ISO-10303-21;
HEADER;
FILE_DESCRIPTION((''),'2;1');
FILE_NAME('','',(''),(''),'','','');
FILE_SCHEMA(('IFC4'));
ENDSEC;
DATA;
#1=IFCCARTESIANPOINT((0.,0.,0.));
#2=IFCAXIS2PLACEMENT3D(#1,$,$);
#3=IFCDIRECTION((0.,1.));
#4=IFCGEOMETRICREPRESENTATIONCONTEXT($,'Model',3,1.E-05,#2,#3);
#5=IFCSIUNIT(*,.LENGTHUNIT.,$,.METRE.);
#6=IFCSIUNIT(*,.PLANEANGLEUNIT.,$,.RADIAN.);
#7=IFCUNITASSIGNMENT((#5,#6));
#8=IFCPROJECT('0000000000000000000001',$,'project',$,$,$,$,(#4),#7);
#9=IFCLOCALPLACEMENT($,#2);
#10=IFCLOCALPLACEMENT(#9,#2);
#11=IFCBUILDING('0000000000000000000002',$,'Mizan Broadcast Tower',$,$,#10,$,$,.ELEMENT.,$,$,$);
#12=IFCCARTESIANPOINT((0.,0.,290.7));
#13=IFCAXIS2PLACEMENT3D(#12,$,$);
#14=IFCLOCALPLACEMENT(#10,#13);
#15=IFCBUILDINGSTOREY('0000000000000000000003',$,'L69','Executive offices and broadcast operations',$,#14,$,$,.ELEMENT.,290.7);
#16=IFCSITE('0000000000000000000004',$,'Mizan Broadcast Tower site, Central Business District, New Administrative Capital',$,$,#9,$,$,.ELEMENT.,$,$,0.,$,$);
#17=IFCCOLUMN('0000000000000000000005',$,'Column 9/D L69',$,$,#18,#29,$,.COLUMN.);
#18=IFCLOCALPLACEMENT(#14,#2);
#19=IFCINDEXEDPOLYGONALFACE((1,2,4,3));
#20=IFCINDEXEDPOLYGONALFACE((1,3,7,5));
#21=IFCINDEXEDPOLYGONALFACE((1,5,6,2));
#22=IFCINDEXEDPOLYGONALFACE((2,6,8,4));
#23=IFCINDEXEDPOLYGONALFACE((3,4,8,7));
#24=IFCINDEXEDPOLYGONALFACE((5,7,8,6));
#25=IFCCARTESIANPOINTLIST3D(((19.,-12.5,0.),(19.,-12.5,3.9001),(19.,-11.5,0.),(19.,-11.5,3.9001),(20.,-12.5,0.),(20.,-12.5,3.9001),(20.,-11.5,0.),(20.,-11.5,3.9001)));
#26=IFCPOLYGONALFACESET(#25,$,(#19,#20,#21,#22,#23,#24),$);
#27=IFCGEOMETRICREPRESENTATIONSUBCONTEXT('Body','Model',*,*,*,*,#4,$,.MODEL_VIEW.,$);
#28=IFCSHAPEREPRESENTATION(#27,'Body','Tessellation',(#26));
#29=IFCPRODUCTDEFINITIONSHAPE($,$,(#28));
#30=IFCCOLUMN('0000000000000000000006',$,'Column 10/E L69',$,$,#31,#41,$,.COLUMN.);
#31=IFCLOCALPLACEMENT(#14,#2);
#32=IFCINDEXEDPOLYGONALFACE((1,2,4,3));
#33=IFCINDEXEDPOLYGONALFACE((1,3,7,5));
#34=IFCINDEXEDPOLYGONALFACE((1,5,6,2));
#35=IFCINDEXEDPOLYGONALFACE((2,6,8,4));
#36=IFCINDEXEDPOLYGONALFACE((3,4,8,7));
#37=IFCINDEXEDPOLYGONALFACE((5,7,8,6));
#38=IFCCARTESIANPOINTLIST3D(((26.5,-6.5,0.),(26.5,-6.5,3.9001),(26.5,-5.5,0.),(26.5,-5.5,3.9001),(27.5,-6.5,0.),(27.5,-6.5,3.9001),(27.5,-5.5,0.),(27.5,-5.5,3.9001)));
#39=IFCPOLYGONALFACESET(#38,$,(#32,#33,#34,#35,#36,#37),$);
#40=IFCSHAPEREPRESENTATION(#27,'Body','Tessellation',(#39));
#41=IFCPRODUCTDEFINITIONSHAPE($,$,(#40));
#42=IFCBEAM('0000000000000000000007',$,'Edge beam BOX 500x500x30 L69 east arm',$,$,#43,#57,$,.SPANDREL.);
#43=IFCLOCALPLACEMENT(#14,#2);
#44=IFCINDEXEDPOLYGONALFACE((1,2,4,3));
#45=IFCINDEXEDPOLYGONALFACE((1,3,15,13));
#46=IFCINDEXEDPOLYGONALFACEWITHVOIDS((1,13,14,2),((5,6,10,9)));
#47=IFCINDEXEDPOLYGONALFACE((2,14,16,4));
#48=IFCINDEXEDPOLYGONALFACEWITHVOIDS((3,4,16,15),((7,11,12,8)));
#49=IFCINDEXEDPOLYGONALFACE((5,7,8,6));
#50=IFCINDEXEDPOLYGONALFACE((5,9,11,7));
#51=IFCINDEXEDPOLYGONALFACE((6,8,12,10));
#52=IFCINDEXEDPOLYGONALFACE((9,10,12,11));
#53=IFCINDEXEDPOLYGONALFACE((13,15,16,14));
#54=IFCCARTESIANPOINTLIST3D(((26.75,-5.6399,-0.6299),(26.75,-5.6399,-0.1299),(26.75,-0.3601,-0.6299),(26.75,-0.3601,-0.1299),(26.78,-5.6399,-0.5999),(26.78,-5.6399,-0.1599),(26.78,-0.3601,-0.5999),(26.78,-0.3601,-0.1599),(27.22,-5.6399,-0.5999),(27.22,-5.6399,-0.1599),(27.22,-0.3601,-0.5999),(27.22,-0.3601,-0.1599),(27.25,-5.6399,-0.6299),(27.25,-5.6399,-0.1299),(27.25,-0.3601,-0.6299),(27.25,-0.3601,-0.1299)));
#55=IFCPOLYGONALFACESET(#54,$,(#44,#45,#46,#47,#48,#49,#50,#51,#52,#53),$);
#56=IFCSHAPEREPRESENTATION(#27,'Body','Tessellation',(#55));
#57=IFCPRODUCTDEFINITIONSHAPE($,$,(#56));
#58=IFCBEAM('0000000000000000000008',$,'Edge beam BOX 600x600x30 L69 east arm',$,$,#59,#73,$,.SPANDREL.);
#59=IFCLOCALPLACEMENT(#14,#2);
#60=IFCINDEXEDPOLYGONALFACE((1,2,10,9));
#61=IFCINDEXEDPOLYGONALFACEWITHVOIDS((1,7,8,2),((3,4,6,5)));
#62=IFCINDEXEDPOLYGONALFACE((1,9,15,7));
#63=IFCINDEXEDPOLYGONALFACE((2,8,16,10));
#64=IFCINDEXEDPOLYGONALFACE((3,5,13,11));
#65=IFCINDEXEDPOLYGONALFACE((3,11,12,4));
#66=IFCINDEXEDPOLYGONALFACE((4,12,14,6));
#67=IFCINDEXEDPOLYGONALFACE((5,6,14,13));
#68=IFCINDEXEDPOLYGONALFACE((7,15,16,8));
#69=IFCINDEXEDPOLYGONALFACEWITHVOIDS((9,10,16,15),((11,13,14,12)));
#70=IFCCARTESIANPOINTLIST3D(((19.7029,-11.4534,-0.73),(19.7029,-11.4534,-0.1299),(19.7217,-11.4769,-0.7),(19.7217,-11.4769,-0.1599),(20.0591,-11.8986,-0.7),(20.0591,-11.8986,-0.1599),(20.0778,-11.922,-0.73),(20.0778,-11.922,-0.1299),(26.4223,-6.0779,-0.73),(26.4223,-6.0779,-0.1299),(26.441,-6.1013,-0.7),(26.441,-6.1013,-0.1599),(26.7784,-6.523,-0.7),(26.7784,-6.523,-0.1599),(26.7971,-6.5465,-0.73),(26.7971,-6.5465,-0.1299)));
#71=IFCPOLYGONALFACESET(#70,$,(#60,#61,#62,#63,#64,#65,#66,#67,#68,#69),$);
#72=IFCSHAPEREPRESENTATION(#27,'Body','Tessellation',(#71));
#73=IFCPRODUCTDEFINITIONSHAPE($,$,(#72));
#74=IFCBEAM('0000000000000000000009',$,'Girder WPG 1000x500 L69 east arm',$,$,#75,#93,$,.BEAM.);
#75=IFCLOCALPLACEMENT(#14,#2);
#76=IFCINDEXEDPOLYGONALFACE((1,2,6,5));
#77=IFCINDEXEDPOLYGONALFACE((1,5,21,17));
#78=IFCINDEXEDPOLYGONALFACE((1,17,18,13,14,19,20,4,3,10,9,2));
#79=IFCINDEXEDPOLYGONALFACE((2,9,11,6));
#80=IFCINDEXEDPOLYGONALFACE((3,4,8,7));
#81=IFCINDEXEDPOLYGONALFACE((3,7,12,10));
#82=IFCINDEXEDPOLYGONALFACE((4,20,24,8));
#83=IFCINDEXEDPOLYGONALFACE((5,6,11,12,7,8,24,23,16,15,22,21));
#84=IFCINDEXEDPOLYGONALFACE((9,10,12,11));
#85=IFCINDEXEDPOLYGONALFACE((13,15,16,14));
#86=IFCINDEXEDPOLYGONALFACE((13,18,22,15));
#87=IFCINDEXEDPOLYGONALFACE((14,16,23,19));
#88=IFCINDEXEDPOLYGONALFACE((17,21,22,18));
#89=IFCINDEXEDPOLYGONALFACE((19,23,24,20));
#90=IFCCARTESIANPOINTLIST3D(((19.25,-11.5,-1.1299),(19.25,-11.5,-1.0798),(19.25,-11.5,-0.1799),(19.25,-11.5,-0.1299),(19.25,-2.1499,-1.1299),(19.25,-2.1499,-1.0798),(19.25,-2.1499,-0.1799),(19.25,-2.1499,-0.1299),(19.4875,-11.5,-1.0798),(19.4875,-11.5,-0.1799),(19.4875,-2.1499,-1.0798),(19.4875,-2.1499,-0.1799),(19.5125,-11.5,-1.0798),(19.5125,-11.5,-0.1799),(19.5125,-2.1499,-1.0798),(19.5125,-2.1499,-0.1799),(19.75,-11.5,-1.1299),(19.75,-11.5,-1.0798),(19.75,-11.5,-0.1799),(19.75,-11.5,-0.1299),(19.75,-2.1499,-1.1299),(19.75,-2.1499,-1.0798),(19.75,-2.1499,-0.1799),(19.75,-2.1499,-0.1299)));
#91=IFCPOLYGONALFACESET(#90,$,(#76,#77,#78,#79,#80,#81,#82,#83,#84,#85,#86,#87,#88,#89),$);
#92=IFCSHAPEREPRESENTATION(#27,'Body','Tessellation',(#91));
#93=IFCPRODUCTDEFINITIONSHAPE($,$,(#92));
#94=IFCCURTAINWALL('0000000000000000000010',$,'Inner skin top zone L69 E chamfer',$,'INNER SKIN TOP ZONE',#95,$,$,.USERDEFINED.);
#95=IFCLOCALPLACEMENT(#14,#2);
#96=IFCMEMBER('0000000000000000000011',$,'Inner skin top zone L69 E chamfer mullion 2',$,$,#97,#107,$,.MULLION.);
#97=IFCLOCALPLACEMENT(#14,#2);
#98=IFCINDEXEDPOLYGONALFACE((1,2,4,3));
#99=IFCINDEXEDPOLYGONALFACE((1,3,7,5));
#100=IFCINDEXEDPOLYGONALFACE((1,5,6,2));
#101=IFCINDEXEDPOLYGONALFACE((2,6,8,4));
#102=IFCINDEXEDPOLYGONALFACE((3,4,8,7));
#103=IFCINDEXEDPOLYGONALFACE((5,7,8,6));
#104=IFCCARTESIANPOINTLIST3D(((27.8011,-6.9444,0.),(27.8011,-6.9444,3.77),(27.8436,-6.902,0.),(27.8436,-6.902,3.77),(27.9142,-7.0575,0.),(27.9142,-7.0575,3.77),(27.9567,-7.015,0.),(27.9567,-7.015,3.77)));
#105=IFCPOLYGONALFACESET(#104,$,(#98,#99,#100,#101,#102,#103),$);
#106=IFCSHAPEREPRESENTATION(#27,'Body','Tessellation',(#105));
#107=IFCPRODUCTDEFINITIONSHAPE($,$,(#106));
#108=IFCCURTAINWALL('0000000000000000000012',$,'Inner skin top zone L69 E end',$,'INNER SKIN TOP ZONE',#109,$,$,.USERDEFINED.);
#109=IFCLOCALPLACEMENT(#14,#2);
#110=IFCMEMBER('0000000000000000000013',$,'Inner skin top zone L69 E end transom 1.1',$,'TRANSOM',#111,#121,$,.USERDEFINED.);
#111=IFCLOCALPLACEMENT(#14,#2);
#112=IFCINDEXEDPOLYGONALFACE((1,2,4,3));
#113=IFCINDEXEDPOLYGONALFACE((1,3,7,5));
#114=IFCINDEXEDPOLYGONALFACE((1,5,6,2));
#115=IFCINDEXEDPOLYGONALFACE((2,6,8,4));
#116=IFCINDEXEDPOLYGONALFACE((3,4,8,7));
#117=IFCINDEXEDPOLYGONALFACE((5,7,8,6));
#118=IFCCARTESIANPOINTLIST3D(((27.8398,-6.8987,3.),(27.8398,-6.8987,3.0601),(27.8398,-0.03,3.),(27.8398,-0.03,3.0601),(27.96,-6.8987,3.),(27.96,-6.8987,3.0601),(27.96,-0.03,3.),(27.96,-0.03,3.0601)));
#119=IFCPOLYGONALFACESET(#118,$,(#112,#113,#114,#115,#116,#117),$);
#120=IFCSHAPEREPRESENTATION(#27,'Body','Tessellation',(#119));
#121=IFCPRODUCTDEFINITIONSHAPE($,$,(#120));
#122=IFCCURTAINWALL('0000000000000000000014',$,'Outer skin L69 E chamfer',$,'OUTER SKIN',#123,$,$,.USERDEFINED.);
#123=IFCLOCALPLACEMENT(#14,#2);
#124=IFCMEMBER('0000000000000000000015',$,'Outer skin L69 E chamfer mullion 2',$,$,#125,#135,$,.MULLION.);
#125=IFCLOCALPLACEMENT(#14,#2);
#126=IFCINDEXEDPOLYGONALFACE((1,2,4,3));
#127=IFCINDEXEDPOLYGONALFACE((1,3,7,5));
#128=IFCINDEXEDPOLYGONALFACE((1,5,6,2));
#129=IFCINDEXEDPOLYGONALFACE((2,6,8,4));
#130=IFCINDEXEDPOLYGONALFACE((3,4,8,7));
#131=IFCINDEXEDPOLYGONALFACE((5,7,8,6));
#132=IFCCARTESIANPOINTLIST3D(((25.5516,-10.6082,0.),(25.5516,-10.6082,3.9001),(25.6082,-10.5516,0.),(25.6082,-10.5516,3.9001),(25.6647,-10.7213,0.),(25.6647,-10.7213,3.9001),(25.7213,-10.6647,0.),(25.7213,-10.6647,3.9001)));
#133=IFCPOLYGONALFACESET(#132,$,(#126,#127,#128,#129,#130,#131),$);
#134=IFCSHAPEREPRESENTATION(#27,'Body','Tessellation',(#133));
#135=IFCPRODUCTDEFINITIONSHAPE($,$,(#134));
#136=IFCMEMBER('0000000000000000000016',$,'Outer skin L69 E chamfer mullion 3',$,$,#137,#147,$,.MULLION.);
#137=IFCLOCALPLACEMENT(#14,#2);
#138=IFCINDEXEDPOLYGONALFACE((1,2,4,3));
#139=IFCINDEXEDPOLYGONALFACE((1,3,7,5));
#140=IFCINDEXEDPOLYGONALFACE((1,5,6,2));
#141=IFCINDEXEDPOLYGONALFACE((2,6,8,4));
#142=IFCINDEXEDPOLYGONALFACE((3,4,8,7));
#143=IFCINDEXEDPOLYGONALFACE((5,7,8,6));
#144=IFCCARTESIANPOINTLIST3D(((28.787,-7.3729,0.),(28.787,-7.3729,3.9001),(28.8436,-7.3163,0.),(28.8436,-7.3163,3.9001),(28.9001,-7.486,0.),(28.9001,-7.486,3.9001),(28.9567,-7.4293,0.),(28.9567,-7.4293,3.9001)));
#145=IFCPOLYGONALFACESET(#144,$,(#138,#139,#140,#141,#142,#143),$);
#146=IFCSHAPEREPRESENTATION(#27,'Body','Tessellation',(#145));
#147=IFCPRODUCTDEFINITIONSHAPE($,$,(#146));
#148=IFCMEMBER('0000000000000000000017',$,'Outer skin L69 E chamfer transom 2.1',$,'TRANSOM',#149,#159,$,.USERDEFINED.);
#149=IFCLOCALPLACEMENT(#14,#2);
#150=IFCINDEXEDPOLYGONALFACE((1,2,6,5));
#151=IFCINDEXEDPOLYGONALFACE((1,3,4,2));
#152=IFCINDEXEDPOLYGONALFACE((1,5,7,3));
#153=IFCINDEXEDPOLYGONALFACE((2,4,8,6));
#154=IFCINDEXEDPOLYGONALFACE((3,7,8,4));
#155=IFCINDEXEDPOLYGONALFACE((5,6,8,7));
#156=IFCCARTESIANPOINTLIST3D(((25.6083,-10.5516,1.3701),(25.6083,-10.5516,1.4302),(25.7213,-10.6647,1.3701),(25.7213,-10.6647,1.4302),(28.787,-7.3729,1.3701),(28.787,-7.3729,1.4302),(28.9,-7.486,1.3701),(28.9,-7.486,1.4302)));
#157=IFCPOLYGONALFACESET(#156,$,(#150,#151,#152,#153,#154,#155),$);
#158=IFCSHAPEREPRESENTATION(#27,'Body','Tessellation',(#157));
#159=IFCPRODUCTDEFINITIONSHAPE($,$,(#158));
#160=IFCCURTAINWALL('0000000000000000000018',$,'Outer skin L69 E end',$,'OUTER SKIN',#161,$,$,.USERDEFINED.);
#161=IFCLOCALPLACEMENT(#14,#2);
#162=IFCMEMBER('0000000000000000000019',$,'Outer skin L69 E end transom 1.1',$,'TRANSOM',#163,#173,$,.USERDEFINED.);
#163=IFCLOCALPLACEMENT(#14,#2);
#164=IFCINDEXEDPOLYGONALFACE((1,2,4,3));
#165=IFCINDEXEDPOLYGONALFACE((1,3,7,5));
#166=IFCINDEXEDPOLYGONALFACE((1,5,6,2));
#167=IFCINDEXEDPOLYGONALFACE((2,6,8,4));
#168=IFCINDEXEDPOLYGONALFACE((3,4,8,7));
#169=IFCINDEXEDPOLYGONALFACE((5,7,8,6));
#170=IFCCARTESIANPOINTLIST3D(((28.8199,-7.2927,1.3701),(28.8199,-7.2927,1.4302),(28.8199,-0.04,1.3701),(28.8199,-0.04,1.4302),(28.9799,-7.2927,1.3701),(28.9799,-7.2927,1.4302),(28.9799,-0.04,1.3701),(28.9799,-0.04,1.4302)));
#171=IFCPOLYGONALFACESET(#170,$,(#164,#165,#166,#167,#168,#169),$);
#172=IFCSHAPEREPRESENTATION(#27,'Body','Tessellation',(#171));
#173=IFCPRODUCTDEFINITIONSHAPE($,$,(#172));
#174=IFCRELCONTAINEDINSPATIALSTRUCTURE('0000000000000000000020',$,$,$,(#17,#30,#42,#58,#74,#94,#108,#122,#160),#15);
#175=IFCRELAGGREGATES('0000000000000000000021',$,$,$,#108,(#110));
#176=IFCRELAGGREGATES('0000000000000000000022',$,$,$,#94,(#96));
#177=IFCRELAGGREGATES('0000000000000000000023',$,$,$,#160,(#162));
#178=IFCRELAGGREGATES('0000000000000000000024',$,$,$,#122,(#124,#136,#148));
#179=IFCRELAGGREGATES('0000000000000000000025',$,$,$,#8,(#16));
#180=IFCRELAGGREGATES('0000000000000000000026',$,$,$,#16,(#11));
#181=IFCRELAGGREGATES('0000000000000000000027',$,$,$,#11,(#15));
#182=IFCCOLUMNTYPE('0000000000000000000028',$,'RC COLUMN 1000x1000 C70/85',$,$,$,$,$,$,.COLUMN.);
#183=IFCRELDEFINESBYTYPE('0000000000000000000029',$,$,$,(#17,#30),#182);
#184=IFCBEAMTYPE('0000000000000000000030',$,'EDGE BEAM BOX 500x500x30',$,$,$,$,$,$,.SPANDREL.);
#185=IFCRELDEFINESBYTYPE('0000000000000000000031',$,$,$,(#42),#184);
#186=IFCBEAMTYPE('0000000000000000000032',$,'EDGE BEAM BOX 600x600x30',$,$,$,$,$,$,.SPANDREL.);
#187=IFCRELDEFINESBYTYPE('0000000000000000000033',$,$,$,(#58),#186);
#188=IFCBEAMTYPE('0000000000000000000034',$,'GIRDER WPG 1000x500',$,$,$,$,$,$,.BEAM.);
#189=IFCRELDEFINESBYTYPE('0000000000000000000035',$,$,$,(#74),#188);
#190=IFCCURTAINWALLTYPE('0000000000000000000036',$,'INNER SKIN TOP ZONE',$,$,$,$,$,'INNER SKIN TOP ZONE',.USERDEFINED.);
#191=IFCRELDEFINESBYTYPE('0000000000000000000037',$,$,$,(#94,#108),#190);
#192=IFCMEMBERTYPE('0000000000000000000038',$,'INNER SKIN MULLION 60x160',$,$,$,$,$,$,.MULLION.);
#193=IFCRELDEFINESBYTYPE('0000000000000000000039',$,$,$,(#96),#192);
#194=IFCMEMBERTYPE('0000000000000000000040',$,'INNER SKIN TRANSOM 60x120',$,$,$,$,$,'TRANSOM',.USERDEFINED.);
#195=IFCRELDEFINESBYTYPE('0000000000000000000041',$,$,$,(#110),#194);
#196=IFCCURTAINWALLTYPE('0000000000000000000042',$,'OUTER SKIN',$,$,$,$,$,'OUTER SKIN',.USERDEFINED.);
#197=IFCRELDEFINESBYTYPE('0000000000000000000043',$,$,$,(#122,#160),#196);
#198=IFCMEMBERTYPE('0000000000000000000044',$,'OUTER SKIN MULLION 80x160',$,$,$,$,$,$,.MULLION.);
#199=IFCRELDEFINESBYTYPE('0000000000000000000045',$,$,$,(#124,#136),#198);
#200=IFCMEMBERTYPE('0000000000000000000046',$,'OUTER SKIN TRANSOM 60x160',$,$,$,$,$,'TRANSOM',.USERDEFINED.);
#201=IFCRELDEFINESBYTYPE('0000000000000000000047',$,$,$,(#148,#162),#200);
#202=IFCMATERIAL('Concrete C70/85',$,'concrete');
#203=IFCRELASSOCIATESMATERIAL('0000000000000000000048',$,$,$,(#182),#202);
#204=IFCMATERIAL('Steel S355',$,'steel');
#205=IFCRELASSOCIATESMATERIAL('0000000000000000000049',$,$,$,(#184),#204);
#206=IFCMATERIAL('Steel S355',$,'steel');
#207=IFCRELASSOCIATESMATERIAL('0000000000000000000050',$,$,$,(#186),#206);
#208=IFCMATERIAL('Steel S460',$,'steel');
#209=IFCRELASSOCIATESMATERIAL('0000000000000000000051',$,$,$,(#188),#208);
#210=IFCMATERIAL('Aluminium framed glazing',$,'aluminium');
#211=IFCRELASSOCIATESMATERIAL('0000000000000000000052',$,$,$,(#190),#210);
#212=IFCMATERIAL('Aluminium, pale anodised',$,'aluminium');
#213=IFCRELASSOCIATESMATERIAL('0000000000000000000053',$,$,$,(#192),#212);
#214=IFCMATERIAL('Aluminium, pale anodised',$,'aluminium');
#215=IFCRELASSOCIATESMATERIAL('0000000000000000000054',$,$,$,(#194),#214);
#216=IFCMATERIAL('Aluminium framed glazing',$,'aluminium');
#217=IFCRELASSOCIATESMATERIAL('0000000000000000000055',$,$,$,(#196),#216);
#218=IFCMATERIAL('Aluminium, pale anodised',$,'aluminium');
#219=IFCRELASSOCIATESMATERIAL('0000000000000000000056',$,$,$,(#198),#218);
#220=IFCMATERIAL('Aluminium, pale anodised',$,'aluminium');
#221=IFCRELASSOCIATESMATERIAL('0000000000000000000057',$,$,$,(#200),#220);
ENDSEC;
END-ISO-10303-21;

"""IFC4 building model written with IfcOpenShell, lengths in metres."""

from ifc_helpers import new_model, si_unit, direction, frame, origin, origin_2d, place, context, subcontext, project, spatial, rectangle, hollow_rectangle, i_section, extrude, material, material_profile, profile_set, type_object, element, aggregate, save


model = new_model("IFC4")

# Units and contexts
model_context = context("Model", 3, precision=1e-05, world=origin(), true_north=direction((0.0, 1.0)))
body_context = subcontext(model_context, "Body", "Model", "MODEL_VIEW")
ifc_project = project(units=[si_unit("LENGTHUNIT", "METRE"), si_unit("PLANEANGLEUNIT", "RADIAN")], contexts=[model_context])

# Site, building, storey
site_placement = place(None, origin())
site = spatial("IfcSite", under=ifc_project, at=site_placement, Name="Mizan Broadcast Tower site, Central Business District, New Administrative Capital", CompositionType="ELEMENT", RefElevation=0.0)
building_placement = place(site_placement, origin())
building = spatial("IfcBuilding", under=site, at=building_placement, Name="Mizan Broadcast Tower", CompositionType="ELEMENT")
storey_placement = place(building_placement, frame((0.0, 0.0, 290.7)))
storey = spatial("IfcBuildingStorey", under=building, at=storey_placement, Name="L69", Description="Executive offices and broadcast operations", CompositionType="ELEMENT", Elevation=290.7)

# Columns
ifc_material_1 = material(Name="Concrete C70/85", Category="concrete")
ifc_material_profile_1 = material_profile(ifc_material_1, rectangle(XDim=1.0, YDim=1.0, at=origin_2d()), Name="RC 1000x1000")
ifc_profile_set_1 = profile_set([ifc_material_profile_1], Name="Concrete C70/85")
column_type = type_object("IfcColumnType", Name="RC COLUMN 1000x1000 C70/85", PredefinedType="COLUMN", material=ifc_profile_set_1)
for number, where, z_axis, x_axis, name in (
    (1, (19.5, -12.0, 0.0), (0.0, 0.0, 1.0), (1.0, 0.0, 0.0), "Column 9/D L69"),
    (2, (27.0, -6.0, 0.0), (0.0, 0.0, 1.0), (1.0, 0.0, 0.0), "Column 10/E L69"),
):
    element("IfcColumn", number, at=place(storey_placement, frame(where, z_axis=z_axis, x_axis=x_axis)), inside=storey, type_object=column_type, Name=name, PredefinedType="COLUMN", context=body_context, shape_type="SweptSolid", body=[
        extrude(rectangle(XDim=1.0, YDim=1.0, at=origin_2d()), origin(), (0.0, 0.0, 1.0), 3.9001),
    ])

# Beams
ifc_material_2 = material(Name="Steel S355", Category="steel")
ifc_material_profile_2 = material_profile(ifc_material_2, hollow_rectangle(XDim=0.5, YDim=0.5, WallThickness=0.03, at=origin_2d()), Name="BOX 500x500x30")
ifc_profile_set_2 = profile_set([ifc_material_profile_2], Name="Steel S355")
beam_type_1 = type_object("IfcBeamType", Name="EDGE BEAM BOX 500x500x30", PredefinedType="SPANDREL", material=ifc_profile_set_2)
beam_1_placement = place(storey_placement, frame((27.0, -5.6399, -0.3799), z_axis=(0.0, 1.0, 0.0), x_axis=(-1.0, 0.0, 0.0)))
element("IfcBeam", 3, at=beam_1_placement, inside=storey, type_object=beam_type_1, Name="Edge beam BOX 500x500x30 L69 east arm", PredefinedType="SPANDREL", context=body_context, shape_type="SweptSolid", body=[
    extrude(hollow_rectangle(XDim=0.5, YDim=0.5, WallThickness=0.03, at=origin_2d()), origin(), (0.0, 0.0, 1.0), 5.2798),
])
ifc_material_3 = material(Name="Steel S355", Category="steel")
ifc_material_profile_3 = material_profile(ifc_material_3, hollow_rectangle(XDim=0.6001, YDim=0.6001, WallThickness=0.03, at=origin_2d()), Name="BOX 600x600x30")
ifc_profile_set_3 = profile_set([ifc_material_profile_3], Name="Steel S355")
beam_type_2 = type_object("IfcBeamType", Name="EDGE BEAM BOX 600x600x30", PredefinedType="SPANDREL", material=ifc_profile_set_3)
beam_2_placement = place(storey_placement, frame((19.8904, -11.6877, -0.4299), z_axis=(0.780863, 0.624702, 0.0), x_axis=(-0.624702, 0.780863, 0.0)))
element("IfcBeam", 4, at=beam_2_placement, inside=storey, type_object=beam_type_2, Name="Edge beam BOX 600x600x30 L69 east arm", PredefinedType="SPANDREL", context=body_context, shape_type="SweptSolid", body=[
    extrude(hollow_rectangle(XDim=0.6001, YDim=0.6001, WallThickness=0.03, at=origin_2d()), origin(), (0.0, 0.0, 1.0), 8.605),
])
ifc_material_4 = material(Name="Steel S460", Category="steel")
ifc_material_profile_4 = material_profile(ifc_material_4, i_section(OverallWidth=0.5, OverallDepth=1.0, WebThickness=0.0249, FlangeThickness=0.05, at=origin_2d()), Name="WPG 1000x500")
ifc_profile_set_4 = profile_set([ifc_material_profile_4], Name="Steel S460")
beam_type_3 = type_object("IfcBeamType", Name="GIRDER WPG 1000x500", PredefinedType="BEAM", material=ifc_profile_set_4)
beam_3_placement = place(storey_placement, frame((19.5, -11.5, -0.6299), z_axis=(0.0, 1.0, 0.0), x_axis=(-1.0, 0.0, 0.0)))
element("IfcBeam", 5, at=beam_3_placement, inside=storey, type_object=beam_type_3, Name="Girder WPG 1000x500 L69 east arm", PredefinedType="BEAM", context=body_context, shape_type="SweptSolid", body=[
    extrude(i_section(OverallWidth=0.5, OverallDepth=1.0, WebThickness=0.0249, FlangeThickness=0.05, at=origin_2d()), origin(), (0.0, 0.0, 1.0), 9.3501),
])

# Curtain walls, members
ifc_material_5 = material(Name="Aluminium framed glazing", Category="aluminium")
curtain_wall_type_1 = type_object("IfcCurtainWallType", Name="INNER SKIN TOP ZONE", ElementType="INNER SKIN TOP ZONE", PredefinedType="USERDEFINED", material=ifc_material_5)
curtain_wall_1_placement = place(storey_placement, origin())
curtain_wall_1 = element("IfcCurtainWall", 6, at=curtain_wall_1_placement, inside=storey, type_object=curtain_wall_type_1, Name="Inner skin top zone L69 E chamfer", ObjectType="INNER SKIN TOP ZONE", PredefinedType="USERDEFINED")
ifc_material_6 = material(Name="Aluminium, pale anodised", Category="aluminium")
ifc_material_profile_5 = material_profile(ifc_material_6, rectangle(XDim=0.1599, YDim=0.0601, at=origin_2d()), Name="MULLION 160x60")
ifc_profile_set_5 = profile_set([ifc_material_profile_5], Name="Aluminium, pale anodised")
member_type_1 = type_object("IfcMemberType", Name="INNER SKIN MULLION 60x160", PredefinedType="MULLION", material=ifc_profile_set_5)
member_1_placement = place(storey_placement, frame((27.8789, -6.9797, 0.0), z_axis=(0.0, 0.0, 1.0), x_axis=(-0.707107, 0.707107, 0.0)))
member_1 = element("IfcMember", 7, at=member_1_placement, type_object=member_type_1, Name="Inner skin top zone L69 E chamfer mullion 2", PredefinedType="MULLION", context=body_context, shape_type="SweptSolid", body=[
    extrude(rectangle(XDim=0.1599, YDim=0.0601, at=origin_2d()), origin(), (0.0, 0.0, 1.0), 3.77),
])
curtain_wall_2_placement = place(storey_placement, origin())
curtain_wall_2 = element("IfcCurtainWall", 8, at=curtain_wall_2_placement, inside=storey, type_object=curtain_wall_type_1, Name="Inner skin top zone L69 E end", ObjectType="INNER SKIN TOP ZONE", PredefinedType="USERDEFINED")
ifc_material_7 = material(Name="Aluminium, pale anodised", Category="aluminium")
ifc_material_profile_6 = material_profile(ifc_material_7, rectangle(XDim=0.1201, YDim=0.0601, at=origin_2d()), Name="TRANSOM 120x60")
ifc_profile_set_6 = profile_set([ifc_material_profile_6], Name="Aluminium, pale anodised")
member_type_2 = type_object("IfcMemberType", Name="INNER SKIN TRANSOM 60x120", ElementType="TRANSOM", PredefinedType="USERDEFINED", material=ifc_profile_set_6)
member_2_placement = place(storey_placement, frame((27.8999, -6.8987, 3.03), z_axis=(0.0, 1.0, 0.0), x_axis=(-1.0, 0.0, 0.0)))
member_2 = element("IfcMember", 9, at=member_2_placement, type_object=member_type_2, Name="Inner skin top zone L69 E end transom 1.1", ObjectType="TRANSOM", PredefinedType="USERDEFINED", context=body_context, shape_type="SweptSolid", body=[
    extrude(rectangle(XDim=0.1201, YDim=0.0601, at=origin_2d()), origin(), (0.0, 0.0, 1.0), 6.8687),
])
aggregate(curtain_wall_2, [member_2])

# Curtain wall, members
ifc_material_8 = material(Name="Aluminium framed glazing", Category="aluminium")
curtain_wall_type_2 = type_object("IfcCurtainWallType", Name="OUTER SKIN", ElementType="OUTER SKIN", PredefinedType="USERDEFINED", material=ifc_material_8)
curtain_wall_3_placement = place(storey_placement, origin())
curtain_wall_3 = element("IfcCurtainWall", 10, at=curtain_wall_3_placement, inside=storey, type_object=curtain_wall_type_2, Name="Outer skin L69 E chamfer", ObjectType="OUTER SKIN", PredefinedType="USERDEFINED")
ifc_material_9 = material(Name="Aluminium, pale anodised", Category="aluminium")
ifc_material_profile_7 = material_profile(ifc_material_9, rectangle(XDim=0.1599, YDim=0.0801, at=origin_2d()), Name="MULLION 160x80")
ifc_profile_set_7 = profile_set([ifc_material_profile_7], Name="Aluminium, pale anodised")
member_type_3 = type_object("IfcMemberType", Name="OUTER SKIN MULLION 80x160", PredefinedType="MULLION", material=ifc_profile_set_7)
member_3_placement = place(storey_placement, frame((25.6365, -10.6365, 0.0), z_axis=(0.0, 0.0, 1.0), x_axis=(-0.707107, 0.707107, 0.0)))
member_3 = element("IfcMember", 11, at=member_3_placement, type_object=member_type_3, Name="Outer skin L69 E chamfer mullion 2", PredefinedType="MULLION", context=body_context, shape_type="SweptSolid", body=[
    extrude(rectangle(XDim=0.1599, YDim=0.0801, at=origin_2d()), origin(), (0.0, 0.0, 1.0), 3.9001),
])
member_4_placement = place(storey_placement, frame((28.8718, -7.4011, 0.0), z_axis=(0.0, 0.0, 1.0), x_axis=(-0.707107, 0.707107, 0.0)))
member_4 = element("IfcMember", 12, at=member_4_placement, type_object=member_type_3, Name="Outer skin L69 E chamfer mullion 3", PredefinedType="MULLION", context=body_context, shape_type="SweptSolid", body=[
    extrude(rectangle(XDim=0.1599, YDim=0.0801, at=origin_2d()), origin(), (0.0, 0.0, 1.0), 3.9001),
])
ifc_material_10 = material(Name="Aluminium, pale anodised", Category="aluminium")
ifc_material_profile_8 = material_profile(ifc_material_10, rectangle(XDim=0.1599, YDim=0.0601, at=origin_2d()), Name="TRANSOM 160x60")
ifc_profile_set_8 = profile_set([ifc_material_profile_8], Name="Aluminium, pale anodised")
member_type_4 = type_object("IfcMemberType", Name="OUTER SKIN TRANSOM 60x160", ElementType="TRANSOM", PredefinedType="USERDEFINED", material=ifc_profile_set_8)
member_5_placement = place(storey_placement, frame((25.6648, -10.6082, 1.4001), z_axis=(0.707107, 0.707107, 0.0), x_axis=(-0.707107, 0.707107, 0.0)))
member_5 = element("IfcMember", 13, at=member_5_placement, type_object=member_type_4, Name="Outer skin L69 E chamfer transom 2.1", ObjectType="TRANSOM", PredefinedType="USERDEFINED", context=body_context, shape_type="SweptSolid", body=[
    extrude(rectangle(XDim=0.1599, YDim=0.0601, at=origin_2d()), origin(), (0.0, 0.0, 1.0), 4.4954),
])

# Curtain wall, member
curtain_wall_4_placement = place(storey_placement, origin())
curtain_wall_4 = element("IfcCurtainWall", 14, at=curtain_wall_4_placement, inside=storey, type_object=curtain_wall_type_2, Name="Outer skin L69 E end", ObjectType="OUTER SKIN", PredefinedType="USERDEFINED")
member_6_placement = place(storey_placement, frame((28.8999, -7.2927, 1.4001), z_axis=(0.0, 1.0, 0.0), x_axis=(-1.0, 0.0, 0.0)))
member_6 = element("IfcMember", 15, at=member_6_placement, type_object=member_type_4, Name="Outer skin L69 E end transom 1.1", ObjectType="TRANSOM", PredefinedType="USERDEFINED", context=body_context, shape_type="SweptSolid", body=[
    extrude(rectangle(XDim=0.1599, YDim=0.0601, at=origin_2d()), origin(), (0.0, 0.0, 1.0), 7.2527),
])

aggregate(curtain_wall_1, [member_1])
aggregate(curtain_wall_4, [member_6])
aggregate(curtain_wall_3, [member_3, member_4, member_5])

save(model, "model.ifc")
